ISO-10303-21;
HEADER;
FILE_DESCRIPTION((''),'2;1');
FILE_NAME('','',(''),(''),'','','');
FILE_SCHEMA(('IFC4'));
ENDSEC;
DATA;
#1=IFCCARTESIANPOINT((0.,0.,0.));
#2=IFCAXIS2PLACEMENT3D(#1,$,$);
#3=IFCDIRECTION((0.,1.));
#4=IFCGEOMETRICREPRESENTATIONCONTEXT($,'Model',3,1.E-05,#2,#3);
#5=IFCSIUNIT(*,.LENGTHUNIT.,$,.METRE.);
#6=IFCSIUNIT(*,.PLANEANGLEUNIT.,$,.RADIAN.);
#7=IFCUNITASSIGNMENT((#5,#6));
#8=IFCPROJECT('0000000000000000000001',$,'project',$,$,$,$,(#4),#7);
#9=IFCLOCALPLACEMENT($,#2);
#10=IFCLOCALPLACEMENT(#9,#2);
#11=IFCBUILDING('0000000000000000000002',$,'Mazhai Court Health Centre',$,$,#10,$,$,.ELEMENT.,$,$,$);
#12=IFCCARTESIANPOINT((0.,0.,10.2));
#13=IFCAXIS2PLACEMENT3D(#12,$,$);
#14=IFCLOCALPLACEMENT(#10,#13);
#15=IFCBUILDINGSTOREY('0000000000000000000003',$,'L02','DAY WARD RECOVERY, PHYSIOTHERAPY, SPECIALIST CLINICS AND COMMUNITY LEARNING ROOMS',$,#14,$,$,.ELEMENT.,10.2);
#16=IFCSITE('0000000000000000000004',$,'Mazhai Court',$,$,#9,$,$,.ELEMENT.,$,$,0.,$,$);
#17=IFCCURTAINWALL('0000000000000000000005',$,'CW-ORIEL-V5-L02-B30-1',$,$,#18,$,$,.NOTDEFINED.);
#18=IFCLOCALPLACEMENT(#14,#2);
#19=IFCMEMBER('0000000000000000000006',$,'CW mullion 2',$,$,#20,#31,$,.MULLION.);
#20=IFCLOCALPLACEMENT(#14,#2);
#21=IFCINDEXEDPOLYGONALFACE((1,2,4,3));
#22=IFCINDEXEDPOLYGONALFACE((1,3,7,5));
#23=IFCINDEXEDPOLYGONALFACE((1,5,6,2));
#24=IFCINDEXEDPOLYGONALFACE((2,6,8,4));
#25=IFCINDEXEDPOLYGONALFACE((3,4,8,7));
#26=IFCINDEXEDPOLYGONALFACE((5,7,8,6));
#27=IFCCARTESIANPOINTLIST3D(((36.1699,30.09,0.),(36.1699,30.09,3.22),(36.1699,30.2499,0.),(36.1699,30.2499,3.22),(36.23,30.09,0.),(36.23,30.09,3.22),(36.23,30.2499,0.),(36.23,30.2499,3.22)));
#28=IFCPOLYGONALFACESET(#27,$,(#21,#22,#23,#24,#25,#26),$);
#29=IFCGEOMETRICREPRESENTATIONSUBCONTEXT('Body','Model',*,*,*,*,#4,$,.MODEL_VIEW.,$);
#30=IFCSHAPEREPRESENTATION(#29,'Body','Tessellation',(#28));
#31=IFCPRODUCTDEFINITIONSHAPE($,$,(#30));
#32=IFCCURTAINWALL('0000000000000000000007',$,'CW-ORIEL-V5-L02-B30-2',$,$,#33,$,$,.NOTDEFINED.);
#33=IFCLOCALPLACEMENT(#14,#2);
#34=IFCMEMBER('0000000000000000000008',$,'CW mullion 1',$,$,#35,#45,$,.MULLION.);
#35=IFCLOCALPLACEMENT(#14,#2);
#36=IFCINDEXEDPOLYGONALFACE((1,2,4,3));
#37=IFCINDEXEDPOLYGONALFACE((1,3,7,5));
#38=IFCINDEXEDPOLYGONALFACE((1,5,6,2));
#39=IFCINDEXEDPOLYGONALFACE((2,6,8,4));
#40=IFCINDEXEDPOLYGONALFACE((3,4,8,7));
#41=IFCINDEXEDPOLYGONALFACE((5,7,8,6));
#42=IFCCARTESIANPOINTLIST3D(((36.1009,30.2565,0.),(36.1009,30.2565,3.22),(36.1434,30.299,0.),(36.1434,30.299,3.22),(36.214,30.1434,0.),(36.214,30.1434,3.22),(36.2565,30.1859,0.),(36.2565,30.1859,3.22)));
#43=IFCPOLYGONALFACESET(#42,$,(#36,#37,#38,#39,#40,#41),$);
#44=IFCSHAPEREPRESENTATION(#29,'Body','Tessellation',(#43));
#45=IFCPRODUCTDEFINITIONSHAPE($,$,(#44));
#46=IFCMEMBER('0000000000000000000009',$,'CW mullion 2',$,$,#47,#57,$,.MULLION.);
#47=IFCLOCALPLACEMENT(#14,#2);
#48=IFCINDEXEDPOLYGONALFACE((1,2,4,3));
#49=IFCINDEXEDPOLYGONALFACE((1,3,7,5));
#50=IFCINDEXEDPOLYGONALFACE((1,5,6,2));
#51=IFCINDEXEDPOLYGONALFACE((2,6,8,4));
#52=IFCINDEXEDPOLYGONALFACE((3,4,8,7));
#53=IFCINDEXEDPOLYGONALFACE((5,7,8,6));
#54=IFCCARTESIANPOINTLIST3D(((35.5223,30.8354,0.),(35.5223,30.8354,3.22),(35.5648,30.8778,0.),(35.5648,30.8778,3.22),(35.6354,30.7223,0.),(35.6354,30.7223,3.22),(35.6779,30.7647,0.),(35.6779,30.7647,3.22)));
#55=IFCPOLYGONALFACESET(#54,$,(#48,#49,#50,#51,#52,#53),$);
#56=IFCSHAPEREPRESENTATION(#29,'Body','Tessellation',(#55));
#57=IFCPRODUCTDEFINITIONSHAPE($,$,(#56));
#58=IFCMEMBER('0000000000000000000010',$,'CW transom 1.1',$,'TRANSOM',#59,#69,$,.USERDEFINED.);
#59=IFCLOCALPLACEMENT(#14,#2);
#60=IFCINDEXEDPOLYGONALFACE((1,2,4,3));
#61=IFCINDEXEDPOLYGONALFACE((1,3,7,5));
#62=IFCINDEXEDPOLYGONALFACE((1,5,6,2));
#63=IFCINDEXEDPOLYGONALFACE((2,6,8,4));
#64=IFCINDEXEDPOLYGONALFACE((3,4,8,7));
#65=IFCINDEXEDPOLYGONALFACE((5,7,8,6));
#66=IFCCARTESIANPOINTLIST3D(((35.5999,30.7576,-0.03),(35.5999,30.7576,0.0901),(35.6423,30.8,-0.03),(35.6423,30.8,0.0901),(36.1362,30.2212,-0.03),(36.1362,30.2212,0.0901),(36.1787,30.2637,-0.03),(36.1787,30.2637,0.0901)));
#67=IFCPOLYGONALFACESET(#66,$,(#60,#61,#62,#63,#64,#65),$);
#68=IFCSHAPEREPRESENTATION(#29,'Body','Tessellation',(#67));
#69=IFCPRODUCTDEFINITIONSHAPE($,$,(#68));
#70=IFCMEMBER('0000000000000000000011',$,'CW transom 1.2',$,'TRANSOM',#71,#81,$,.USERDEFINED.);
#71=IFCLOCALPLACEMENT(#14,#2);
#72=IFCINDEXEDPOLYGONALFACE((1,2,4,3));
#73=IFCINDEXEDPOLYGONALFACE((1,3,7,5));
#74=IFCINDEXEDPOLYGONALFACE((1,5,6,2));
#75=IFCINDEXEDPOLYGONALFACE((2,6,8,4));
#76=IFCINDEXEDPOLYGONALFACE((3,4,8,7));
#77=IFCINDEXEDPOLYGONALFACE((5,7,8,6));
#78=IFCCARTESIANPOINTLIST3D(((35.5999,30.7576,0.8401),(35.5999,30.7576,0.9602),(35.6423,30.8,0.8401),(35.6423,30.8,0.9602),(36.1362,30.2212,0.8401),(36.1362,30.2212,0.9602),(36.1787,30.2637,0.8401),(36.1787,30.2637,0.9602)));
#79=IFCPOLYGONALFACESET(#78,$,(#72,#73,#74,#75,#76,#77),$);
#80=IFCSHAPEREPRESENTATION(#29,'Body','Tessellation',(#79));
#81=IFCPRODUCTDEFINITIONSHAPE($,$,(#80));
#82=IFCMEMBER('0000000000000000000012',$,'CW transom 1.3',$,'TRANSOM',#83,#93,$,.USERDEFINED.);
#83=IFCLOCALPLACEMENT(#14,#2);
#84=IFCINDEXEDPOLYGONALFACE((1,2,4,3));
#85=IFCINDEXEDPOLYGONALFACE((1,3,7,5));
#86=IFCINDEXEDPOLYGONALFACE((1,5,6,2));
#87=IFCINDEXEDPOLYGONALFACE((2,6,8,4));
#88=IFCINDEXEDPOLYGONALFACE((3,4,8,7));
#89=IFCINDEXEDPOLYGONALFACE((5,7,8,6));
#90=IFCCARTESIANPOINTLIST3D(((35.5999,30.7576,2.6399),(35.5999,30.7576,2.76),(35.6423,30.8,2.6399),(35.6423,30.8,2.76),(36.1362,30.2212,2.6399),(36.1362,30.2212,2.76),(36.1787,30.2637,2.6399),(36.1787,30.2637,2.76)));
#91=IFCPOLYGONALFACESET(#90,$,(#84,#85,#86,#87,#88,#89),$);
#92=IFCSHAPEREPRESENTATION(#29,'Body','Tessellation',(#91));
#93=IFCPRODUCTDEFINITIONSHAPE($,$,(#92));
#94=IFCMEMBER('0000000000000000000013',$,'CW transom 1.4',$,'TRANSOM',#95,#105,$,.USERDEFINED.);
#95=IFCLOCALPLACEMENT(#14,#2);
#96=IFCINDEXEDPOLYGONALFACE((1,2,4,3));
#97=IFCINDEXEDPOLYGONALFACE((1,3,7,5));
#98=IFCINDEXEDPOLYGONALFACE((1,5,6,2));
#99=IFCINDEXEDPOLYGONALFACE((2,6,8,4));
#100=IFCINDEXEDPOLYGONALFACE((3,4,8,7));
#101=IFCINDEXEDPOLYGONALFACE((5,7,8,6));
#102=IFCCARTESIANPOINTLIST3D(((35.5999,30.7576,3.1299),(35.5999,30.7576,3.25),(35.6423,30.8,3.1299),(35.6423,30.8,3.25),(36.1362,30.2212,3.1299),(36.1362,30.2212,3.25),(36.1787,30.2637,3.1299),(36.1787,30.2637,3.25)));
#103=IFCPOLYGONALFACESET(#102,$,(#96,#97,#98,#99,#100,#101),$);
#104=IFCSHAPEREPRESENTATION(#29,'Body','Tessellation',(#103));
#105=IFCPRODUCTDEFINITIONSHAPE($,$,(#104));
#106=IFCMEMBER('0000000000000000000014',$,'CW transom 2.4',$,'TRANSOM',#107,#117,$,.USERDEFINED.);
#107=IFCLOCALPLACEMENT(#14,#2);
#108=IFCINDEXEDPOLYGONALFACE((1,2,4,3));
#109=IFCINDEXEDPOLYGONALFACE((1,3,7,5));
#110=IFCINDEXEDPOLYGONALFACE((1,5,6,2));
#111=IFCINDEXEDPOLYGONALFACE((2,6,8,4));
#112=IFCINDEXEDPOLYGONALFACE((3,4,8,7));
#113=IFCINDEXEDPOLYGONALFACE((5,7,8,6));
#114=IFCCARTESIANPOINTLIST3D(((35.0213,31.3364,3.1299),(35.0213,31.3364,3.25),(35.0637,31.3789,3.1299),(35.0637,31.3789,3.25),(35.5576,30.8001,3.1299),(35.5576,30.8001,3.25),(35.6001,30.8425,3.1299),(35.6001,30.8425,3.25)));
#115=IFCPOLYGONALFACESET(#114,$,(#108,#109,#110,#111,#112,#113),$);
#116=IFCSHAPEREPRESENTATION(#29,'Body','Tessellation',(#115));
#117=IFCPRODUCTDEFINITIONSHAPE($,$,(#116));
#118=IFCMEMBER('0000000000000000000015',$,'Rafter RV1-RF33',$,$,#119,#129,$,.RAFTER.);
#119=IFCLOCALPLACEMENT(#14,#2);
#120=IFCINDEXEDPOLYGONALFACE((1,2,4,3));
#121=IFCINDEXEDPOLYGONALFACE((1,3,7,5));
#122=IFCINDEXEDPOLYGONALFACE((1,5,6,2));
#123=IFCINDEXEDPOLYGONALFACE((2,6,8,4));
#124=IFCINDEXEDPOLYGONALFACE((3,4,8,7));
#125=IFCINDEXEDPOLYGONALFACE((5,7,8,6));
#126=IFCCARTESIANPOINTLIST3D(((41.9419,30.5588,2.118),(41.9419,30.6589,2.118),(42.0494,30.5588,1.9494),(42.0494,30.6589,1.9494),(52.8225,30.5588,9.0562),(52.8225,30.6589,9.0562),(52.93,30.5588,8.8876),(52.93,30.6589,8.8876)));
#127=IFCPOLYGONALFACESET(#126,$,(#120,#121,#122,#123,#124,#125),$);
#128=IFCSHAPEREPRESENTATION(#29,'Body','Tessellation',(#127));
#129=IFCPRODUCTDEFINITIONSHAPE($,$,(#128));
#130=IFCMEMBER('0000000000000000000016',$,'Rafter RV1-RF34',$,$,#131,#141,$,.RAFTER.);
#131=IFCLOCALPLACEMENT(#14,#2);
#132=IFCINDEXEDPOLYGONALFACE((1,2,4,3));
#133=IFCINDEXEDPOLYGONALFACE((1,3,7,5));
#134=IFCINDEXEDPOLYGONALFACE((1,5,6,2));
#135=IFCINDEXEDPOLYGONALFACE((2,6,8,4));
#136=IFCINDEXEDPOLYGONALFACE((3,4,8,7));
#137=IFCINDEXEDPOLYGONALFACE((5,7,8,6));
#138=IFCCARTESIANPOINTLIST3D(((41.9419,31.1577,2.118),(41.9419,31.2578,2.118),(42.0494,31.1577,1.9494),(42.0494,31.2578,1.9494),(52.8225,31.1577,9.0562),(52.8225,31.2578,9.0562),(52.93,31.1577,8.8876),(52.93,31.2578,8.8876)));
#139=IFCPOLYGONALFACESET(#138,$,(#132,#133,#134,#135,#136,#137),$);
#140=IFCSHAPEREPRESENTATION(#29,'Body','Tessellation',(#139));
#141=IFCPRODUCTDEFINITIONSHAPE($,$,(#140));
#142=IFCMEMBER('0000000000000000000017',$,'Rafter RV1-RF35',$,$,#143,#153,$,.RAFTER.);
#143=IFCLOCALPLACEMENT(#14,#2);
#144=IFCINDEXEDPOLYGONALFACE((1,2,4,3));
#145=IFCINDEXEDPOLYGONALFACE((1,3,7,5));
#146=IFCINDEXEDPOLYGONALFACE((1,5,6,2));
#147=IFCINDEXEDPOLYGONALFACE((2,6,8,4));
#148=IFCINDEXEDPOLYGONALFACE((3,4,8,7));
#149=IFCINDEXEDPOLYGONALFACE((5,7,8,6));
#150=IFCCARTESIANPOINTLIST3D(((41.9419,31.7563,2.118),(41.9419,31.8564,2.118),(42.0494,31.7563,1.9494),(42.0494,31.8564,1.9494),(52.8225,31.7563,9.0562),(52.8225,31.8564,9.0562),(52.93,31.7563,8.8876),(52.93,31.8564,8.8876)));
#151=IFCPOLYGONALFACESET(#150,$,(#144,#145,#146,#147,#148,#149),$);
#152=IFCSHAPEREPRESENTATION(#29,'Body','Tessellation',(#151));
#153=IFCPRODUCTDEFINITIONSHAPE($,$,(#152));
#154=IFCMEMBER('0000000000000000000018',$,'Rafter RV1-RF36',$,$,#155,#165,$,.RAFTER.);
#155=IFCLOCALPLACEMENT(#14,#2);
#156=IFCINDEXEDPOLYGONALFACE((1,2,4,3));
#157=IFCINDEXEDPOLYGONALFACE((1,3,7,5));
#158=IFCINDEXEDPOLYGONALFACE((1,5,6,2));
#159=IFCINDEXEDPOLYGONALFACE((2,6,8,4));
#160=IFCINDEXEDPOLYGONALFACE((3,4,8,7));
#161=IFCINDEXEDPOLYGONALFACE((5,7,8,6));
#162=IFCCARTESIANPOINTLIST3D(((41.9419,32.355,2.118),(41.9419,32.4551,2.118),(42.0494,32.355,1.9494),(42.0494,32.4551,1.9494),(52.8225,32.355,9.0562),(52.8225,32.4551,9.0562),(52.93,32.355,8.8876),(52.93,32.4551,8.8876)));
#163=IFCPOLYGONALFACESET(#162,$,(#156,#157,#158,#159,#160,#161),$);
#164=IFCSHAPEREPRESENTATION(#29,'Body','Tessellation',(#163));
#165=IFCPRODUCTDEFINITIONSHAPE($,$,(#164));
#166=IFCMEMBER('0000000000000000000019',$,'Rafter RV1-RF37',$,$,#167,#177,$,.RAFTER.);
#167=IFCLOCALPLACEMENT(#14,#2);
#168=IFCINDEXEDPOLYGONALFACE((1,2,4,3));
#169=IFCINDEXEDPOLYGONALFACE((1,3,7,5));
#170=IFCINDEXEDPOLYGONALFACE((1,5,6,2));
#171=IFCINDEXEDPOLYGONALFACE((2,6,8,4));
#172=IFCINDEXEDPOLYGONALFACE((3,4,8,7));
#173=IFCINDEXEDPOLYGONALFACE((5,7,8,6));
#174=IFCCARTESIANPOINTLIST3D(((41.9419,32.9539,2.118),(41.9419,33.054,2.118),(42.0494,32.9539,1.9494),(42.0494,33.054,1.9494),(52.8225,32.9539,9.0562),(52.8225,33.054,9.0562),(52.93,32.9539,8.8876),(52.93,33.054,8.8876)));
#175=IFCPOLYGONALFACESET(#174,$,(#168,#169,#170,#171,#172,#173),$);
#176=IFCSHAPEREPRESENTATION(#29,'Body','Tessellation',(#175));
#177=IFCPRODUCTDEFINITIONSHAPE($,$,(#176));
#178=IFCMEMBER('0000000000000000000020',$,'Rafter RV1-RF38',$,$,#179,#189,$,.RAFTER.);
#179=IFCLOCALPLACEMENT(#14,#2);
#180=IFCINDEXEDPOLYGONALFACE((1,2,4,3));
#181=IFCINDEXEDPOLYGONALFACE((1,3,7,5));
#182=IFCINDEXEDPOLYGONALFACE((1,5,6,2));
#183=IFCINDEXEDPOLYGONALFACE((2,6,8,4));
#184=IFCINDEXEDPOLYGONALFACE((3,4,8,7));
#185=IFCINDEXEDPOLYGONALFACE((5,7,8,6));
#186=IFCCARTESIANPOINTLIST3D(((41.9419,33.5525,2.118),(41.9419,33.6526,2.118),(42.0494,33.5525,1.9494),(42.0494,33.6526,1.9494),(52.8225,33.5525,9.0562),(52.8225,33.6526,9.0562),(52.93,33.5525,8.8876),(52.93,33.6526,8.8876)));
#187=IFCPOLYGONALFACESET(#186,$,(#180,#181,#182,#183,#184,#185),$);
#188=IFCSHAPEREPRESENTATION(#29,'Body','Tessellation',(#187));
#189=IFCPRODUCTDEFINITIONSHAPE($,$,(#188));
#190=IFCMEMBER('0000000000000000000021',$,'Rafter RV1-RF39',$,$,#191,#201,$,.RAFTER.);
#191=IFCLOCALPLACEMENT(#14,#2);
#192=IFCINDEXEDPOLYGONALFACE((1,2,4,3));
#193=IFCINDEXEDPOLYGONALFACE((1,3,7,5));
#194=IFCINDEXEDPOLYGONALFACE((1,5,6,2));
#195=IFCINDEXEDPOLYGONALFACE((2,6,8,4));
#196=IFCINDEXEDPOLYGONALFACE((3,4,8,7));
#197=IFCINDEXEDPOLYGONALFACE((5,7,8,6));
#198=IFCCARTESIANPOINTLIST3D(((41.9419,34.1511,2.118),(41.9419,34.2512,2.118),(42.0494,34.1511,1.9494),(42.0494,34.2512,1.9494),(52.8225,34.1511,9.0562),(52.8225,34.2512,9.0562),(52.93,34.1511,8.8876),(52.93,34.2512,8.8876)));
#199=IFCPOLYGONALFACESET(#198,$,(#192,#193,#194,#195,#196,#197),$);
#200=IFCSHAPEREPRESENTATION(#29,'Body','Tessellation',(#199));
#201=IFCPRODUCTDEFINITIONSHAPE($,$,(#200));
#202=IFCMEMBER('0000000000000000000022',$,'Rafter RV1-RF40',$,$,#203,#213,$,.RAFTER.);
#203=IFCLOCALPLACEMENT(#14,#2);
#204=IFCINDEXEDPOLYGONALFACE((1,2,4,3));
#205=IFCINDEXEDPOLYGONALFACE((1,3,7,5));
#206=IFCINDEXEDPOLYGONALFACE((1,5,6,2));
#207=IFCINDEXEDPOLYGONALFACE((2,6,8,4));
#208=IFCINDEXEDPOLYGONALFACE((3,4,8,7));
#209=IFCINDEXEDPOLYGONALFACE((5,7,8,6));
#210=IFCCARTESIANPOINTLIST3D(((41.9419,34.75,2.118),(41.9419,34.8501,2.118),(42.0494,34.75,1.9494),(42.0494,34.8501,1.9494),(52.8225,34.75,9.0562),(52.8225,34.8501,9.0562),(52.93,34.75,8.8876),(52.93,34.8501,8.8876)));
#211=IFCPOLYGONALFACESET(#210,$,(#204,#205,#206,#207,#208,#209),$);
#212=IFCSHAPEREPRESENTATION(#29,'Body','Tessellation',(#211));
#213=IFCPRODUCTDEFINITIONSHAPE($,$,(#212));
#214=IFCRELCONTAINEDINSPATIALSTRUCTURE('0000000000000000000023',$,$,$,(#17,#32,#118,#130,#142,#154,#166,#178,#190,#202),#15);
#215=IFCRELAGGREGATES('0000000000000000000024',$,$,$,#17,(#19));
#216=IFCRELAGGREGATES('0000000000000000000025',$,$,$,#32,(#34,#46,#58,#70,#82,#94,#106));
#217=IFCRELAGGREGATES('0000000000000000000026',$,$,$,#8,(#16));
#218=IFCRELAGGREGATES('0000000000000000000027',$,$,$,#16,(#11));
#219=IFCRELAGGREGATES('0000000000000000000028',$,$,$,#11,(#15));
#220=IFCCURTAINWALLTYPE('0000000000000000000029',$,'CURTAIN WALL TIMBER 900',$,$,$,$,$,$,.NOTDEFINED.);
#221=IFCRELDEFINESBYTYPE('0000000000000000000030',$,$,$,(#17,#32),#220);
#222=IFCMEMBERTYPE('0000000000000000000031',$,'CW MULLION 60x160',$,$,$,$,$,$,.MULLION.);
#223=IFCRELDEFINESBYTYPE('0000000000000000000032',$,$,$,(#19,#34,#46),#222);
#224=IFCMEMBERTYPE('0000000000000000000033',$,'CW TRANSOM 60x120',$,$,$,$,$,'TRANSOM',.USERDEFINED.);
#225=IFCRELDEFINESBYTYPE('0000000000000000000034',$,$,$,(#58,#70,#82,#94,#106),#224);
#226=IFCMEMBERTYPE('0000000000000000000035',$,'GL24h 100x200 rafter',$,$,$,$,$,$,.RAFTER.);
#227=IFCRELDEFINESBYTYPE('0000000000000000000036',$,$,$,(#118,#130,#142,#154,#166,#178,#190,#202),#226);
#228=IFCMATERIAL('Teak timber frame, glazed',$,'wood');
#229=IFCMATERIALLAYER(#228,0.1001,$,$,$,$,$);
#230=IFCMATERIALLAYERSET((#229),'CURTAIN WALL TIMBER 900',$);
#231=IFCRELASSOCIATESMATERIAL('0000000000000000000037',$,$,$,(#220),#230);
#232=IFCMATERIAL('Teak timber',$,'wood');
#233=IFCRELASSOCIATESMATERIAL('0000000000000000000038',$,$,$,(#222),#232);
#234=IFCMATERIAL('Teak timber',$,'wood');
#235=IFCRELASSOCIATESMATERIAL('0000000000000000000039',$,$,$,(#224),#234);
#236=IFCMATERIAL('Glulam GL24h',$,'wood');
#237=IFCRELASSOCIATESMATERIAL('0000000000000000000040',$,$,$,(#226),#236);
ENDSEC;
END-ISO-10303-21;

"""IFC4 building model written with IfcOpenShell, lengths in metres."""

from ifc_helpers import new_model, si_unit, direction, frame, origin, origin_2d, place, context, subcontext, project, spatial, rectangle, extrude, material, layer, layer_set, material_profile, profile_set, type_object, element, aggregate, save


model = new_model("IFC4")

# Units and contexts
model_context = context("Model", 3, precision=1e-05, world=origin(), true_north=direction((0.0, 1.0)))
body_context = subcontext(model_context, "Body", "Model", "MODEL_VIEW")
ifc_project = project(units=[si_unit("LENGTHUNIT", "METRE"), si_unit("PLANEANGLEUNIT", "RADIAN")], contexts=[model_context])

# Site, building, storey
site_placement = place(None, origin())
site = spatial("IfcSite", under=ifc_project, at=site_placement, Name="Mazhai Court", CompositionType="ELEMENT", RefElevation=0.0)
building_placement = place(site_placement, origin())
building = spatial("IfcBuilding", under=site, at=building_placement, Name="Mazhai Court Health Centre", CompositionType="ELEMENT")
storey_placement = place(building_placement, frame((0.0, 0.0, 10.2)))
storey = spatial("IfcBuildingStorey", under=building, at=storey_placement, Name="L02", Description="DAY WARD RECOVERY, PHYSIOTHERAPY, SPECIALIST CLINICS AND COMMUNITY LEARNING ROOMS", CompositionType="ELEMENT", Elevation=10.2)

# Curtain wall, member
ifc_material_1 = material(Name="Teak timber frame, glazed", Category="wood")
ifc_layer_1 = layer(ifc_material_1, 0.1001)
ifc_layer_set_1 = layer_set([ifc_layer_1], Name="CURTAIN WALL TIMBER 900")
curtain_wall_type = type_object("IfcCurtainWallType", Name="CURTAIN WALL TIMBER 900", PredefinedType="NOTDEFINED", material=ifc_layer_set_1)
curtain_wall_1_placement = place(storey_placement, origin())
curtain_wall_1 = element("IfcCurtainWall", 1, at=curtain_wall_1_placement, inside=storey, type_object=curtain_wall_type, Name="CW-ORIEL-V5-L02-B30-1", PredefinedType="NOTDEFINED")
ifc_material_2 = material(Name="Teak timber", Category="wood")
ifc_material_profile_1 = material_profile(ifc_material_2, rectangle(XDim=0.0601, YDim=0.1599, at=origin_2d()), Name="CW MULLION 60x160")
ifc_profile_set_1 = profile_set([ifc_material_profile_1], Name="Teak timber")
member_type_1 = type_object("IfcMemberType", Name="CW MULLION 60x160", PredefinedType="MULLION", material=ifc_profile_set_1)
member_1_placement = place(storey_placement, frame((36.2, 30.1699, 0.0), z_axis=(0.0, 0.0, 1.0), x_axis=(-1.0, 0.0, 0.0)))
member_1 = element("IfcMember", 2, at=member_1_placement, type_object=member_type_1, Name="CW mullion 2", PredefinedType="MULLION", context=body_context, shape_type="SweptSolid", body=[
    extrude(rectangle(XDim=0.0601, YDim=0.1599, at=origin_2d()), origin(), (0.0, 0.0, 1.0), 3.22),
])
aggregate(curtain_wall_1, [member_1])

# Curtain wall, members
curtain_wall_2_placement = place(storey_placement, origin())
curtain_wall_2 = element("IfcCurtainWall", 3, at=curtain_wall_2_placement, inside=storey, type_object=curtain_wall_type, Name="CW-ORIEL-V5-L02-B30-2", PredefinedType="NOTDEFINED")
member_2_placement = place(storey_placement, frame((36.1787, 30.2212, 0.0), z_axis=(0.0, 0.0, 1.0), x_axis=(-0.707107, -0.707107, 0.0)))
member_2 = element("IfcMember", 4, at=member_2_placement, type_object=member_type_1, Name="CW mullion 1", PredefinedType="MULLION", context=body_context, shape_type="SweptSolid", body=[
    extrude(rectangle(XDim=0.0601, YDim=0.1599, at=origin_2d()), origin(), (0.0, 0.0, 1.0), 3.22),
])
member_3_placement = place(storey_placement, frame((35.6001, 30.8, 0.0), z_axis=(0.0, 0.0, 1.0), x_axis=(-0.707107, -0.707107, 0.0)))
member_3 = element("IfcMember", 5, at=member_3_placement, type_object=member_type_1, Name="CW mullion 2", PredefinedType="MULLION", context=body_context, shape_type="SweptSolid", body=[
    extrude(rectangle(XDim=0.0601, YDim=0.1599, at=origin_2d()), origin(), (0.0, 0.0, 1.0), 3.22),
])
ifc_material_3 = material(Name="Teak timber", Category="wood")
ifc_material_profile_2 = material_profile(ifc_material_3, rectangle(XDim=0.0601, YDim=0.1201, at=origin_2d()), Name="CW TRANSOM 60x120")
ifc_profile_set_2 = profile_set([ifc_material_profile_2], Name="Teak timber")
member_type_2 = type_object("IfcMemberType", Name="CW TRANSOM 60x120", ElementType="TRANSOM", PredefinedType="USERDEFINED", material=ifc_profile_set_2)
member_4_placement = place(storey_placement, frame((36.1575, 30.2424, 0.03), z_axis=(-0.707107, 0.707107, 0.0), x_axis=(-0.707107, -0.707107, 0.0)))
member_4 = element("IfcMember", 6, at=member_4_placement, type_object=member_type_2, Name="CW transom 1.1", ObjectType="TRANSOM", PredefinedType="USERDEFINED", context=body_context, shape_type="SweptSolid", body=[
    extrude(rectangle(XDim=0.0601, YDim=0.1201, at=origin_2d()), origin(), (0.0, 0.0, 1.0), 0.7585),
])
member_5_placement = place(storey_placement, frame((36.1575, 30.2424, 0.9001), z_axis=(-0.707107, 0.707107, 0.0), x_axis=(-0.707107, -0.707107, 0.0)))
member_5 = element("IfcMember", 7, at=member_5_placement, type_object=member_type_2, Name="CW transom 1.2", ObjectType="TRANSOM", PredefinedType="USERDEFINED", context=body_context, shape_type="SweptSolid", body=[
    extrude(rectangle(XDim=0.0601, YDim=0.1201, at=origin_2d()), origin(), (0.0, 0.0, 1.0), 0.7585),
])
member_6_placement = place(storey_placement, frame((36.1575, 30.2424, 2.7), z_axis=(-0.707107, 0.707107, 0.0), x_axis=(-0.707107, -0.707107, 0.0)))
member_6 = element("IfcMember", 8, at=member_6_placement, type_object=member_type_2, Name="CW transom 1.3", ObjectType="TRANSOM", PredefinedType="USERDEFINED", context=body_context, shape_type="SweptSolid", body=[
    extrude(rectangle(XDim=0.0601, YDim=0.1201, at=origin_2d()), origin(), (0.0, 0.0, 1.0), 0.7585),
])
member_7_placement = place(storey_placement, frame((36.1575, 30.2424, 3.1899), z_axis=(-0.707107, 0.707107, 0.0), x_axis=(-0.707107, -0.707107, 0.0)))
member_7 = element("IfcMember", 9, at=member_7_placement, type_object=member_type_2, Name="CW transom 1.4", ObjectType="TRANSOM", PredefinedType="USERDEFINED", context=body_context, shape_type="SweptSolid", body=[
    extrude(rectangle(XDim=0.0601, YDim=0.1201, at=origin_2d()), origin(), (0.0, 0.0, 1.0), 0.7585),
])
member_8_placement = place(storey_placement, frame((35.5789, 30.8213, 3.1899), z_axis=(-0.707107, 0.707107, 0.0), x_axis=(-0.707107, -0.707107, 0.0)))
member_8 = element("IfcMember", 10, at=member_8_placement, type_object=member_type_2, Name="CW transom 2.4", ObjectType="TRANSOM", PredefinedType="USERDEFINED", context=body_context, shape_type="SweptSolid", body=[
    extrude(rectangle(XDim=0.0601, YDim=0.1201, at=origin_2d()), origin(), (0.0, 0.0, 1.0), 0.7585),
])

# Members
ifc_material_4 = material(Name="Glulam GL24h", Category="wood")
ifc_material_profile_3 = material_profile(ifc_material_4, rectangle(XDim=0.1001, YDim=0.2, at=origin_2d()), Name="GL24h 100x200")
ifc_profile_set_3 = profile_set([ifc_material_profile_3], Name="Glulam GL24h")
member_type_3 = type_object("IfcMemberType", Name="GL24h 100x200 rafter", PredefinedType="RAFTER", material=ifc_profile_set_3)
for number, where, z_axis, x_axis, name in (
    (11, (41.9956, 30.6089, 2.0337), (0.843163, 0.0, 0.537659), (0.0, 1.0, 0.0), "Rafter RV1-RF33"),
    (12, (41.9956, 31.2078, 2.0337), (0.843163, 0.0, 0.537659), (0.0, 1.0, 0.0), "Rafter RV1-RF34"),
    (13, (41.9956, 31.8064, 2.0337), (0.843163, 0.0, 0.537659), (0.0, 1.0, 0.0), "Rafter RV1-RF35"),
    (14, (41.9956, 32.405, 2.0337), (0.843163, 0.0, 0.537659), (0.0, 1.0, 0.0), "Rafter RV1-RF36"),
    (15, (41.9956, 33.0039, 2.0337), (0.843163, 0.0, 0.537659), (0.0, 1.0, 0.0), "Rafter RV1-RF37"),
    (16, (41.9956, 33.6025, 2.0337), (0.843163, 0.0, 0.537659), (0.0, 1.0, 0.0), "Rafter RV1-RF38"),
    (17, (41.9956, 34.2012, 2.0337), (0.843163, 0.0, 0.537659), (0.0, 1.0, 0.0), "Rafter RV1-RF39"),
    (18, (41.9956, 34.8, 2.0337), (0.843163, 0.0, 0.537659), (0.0, 1.0, 0.0), "Rafter RV1-RF40"),
):
    element("IfcMember", number, at=place(storey_placement, frame(where, z_axis=z_axis, x_axis=x_axis)), inside=storey, type_object=member_type_3, Name=name, PredefinedType="RAFTER", context=body_context, shape_type="SweptSolid", body=[
        extrude(rectangle(XDim=0.1001, YDim=0.2, at=origin_2d()), origin(), (0.0, 0.0, 1.0), 12.9045),
    ])

aggregate(curtain_wall_2, [member_2, member_3, member_4, member_5, member_6, member_7, member_8])

save(model, "model.ifc")
